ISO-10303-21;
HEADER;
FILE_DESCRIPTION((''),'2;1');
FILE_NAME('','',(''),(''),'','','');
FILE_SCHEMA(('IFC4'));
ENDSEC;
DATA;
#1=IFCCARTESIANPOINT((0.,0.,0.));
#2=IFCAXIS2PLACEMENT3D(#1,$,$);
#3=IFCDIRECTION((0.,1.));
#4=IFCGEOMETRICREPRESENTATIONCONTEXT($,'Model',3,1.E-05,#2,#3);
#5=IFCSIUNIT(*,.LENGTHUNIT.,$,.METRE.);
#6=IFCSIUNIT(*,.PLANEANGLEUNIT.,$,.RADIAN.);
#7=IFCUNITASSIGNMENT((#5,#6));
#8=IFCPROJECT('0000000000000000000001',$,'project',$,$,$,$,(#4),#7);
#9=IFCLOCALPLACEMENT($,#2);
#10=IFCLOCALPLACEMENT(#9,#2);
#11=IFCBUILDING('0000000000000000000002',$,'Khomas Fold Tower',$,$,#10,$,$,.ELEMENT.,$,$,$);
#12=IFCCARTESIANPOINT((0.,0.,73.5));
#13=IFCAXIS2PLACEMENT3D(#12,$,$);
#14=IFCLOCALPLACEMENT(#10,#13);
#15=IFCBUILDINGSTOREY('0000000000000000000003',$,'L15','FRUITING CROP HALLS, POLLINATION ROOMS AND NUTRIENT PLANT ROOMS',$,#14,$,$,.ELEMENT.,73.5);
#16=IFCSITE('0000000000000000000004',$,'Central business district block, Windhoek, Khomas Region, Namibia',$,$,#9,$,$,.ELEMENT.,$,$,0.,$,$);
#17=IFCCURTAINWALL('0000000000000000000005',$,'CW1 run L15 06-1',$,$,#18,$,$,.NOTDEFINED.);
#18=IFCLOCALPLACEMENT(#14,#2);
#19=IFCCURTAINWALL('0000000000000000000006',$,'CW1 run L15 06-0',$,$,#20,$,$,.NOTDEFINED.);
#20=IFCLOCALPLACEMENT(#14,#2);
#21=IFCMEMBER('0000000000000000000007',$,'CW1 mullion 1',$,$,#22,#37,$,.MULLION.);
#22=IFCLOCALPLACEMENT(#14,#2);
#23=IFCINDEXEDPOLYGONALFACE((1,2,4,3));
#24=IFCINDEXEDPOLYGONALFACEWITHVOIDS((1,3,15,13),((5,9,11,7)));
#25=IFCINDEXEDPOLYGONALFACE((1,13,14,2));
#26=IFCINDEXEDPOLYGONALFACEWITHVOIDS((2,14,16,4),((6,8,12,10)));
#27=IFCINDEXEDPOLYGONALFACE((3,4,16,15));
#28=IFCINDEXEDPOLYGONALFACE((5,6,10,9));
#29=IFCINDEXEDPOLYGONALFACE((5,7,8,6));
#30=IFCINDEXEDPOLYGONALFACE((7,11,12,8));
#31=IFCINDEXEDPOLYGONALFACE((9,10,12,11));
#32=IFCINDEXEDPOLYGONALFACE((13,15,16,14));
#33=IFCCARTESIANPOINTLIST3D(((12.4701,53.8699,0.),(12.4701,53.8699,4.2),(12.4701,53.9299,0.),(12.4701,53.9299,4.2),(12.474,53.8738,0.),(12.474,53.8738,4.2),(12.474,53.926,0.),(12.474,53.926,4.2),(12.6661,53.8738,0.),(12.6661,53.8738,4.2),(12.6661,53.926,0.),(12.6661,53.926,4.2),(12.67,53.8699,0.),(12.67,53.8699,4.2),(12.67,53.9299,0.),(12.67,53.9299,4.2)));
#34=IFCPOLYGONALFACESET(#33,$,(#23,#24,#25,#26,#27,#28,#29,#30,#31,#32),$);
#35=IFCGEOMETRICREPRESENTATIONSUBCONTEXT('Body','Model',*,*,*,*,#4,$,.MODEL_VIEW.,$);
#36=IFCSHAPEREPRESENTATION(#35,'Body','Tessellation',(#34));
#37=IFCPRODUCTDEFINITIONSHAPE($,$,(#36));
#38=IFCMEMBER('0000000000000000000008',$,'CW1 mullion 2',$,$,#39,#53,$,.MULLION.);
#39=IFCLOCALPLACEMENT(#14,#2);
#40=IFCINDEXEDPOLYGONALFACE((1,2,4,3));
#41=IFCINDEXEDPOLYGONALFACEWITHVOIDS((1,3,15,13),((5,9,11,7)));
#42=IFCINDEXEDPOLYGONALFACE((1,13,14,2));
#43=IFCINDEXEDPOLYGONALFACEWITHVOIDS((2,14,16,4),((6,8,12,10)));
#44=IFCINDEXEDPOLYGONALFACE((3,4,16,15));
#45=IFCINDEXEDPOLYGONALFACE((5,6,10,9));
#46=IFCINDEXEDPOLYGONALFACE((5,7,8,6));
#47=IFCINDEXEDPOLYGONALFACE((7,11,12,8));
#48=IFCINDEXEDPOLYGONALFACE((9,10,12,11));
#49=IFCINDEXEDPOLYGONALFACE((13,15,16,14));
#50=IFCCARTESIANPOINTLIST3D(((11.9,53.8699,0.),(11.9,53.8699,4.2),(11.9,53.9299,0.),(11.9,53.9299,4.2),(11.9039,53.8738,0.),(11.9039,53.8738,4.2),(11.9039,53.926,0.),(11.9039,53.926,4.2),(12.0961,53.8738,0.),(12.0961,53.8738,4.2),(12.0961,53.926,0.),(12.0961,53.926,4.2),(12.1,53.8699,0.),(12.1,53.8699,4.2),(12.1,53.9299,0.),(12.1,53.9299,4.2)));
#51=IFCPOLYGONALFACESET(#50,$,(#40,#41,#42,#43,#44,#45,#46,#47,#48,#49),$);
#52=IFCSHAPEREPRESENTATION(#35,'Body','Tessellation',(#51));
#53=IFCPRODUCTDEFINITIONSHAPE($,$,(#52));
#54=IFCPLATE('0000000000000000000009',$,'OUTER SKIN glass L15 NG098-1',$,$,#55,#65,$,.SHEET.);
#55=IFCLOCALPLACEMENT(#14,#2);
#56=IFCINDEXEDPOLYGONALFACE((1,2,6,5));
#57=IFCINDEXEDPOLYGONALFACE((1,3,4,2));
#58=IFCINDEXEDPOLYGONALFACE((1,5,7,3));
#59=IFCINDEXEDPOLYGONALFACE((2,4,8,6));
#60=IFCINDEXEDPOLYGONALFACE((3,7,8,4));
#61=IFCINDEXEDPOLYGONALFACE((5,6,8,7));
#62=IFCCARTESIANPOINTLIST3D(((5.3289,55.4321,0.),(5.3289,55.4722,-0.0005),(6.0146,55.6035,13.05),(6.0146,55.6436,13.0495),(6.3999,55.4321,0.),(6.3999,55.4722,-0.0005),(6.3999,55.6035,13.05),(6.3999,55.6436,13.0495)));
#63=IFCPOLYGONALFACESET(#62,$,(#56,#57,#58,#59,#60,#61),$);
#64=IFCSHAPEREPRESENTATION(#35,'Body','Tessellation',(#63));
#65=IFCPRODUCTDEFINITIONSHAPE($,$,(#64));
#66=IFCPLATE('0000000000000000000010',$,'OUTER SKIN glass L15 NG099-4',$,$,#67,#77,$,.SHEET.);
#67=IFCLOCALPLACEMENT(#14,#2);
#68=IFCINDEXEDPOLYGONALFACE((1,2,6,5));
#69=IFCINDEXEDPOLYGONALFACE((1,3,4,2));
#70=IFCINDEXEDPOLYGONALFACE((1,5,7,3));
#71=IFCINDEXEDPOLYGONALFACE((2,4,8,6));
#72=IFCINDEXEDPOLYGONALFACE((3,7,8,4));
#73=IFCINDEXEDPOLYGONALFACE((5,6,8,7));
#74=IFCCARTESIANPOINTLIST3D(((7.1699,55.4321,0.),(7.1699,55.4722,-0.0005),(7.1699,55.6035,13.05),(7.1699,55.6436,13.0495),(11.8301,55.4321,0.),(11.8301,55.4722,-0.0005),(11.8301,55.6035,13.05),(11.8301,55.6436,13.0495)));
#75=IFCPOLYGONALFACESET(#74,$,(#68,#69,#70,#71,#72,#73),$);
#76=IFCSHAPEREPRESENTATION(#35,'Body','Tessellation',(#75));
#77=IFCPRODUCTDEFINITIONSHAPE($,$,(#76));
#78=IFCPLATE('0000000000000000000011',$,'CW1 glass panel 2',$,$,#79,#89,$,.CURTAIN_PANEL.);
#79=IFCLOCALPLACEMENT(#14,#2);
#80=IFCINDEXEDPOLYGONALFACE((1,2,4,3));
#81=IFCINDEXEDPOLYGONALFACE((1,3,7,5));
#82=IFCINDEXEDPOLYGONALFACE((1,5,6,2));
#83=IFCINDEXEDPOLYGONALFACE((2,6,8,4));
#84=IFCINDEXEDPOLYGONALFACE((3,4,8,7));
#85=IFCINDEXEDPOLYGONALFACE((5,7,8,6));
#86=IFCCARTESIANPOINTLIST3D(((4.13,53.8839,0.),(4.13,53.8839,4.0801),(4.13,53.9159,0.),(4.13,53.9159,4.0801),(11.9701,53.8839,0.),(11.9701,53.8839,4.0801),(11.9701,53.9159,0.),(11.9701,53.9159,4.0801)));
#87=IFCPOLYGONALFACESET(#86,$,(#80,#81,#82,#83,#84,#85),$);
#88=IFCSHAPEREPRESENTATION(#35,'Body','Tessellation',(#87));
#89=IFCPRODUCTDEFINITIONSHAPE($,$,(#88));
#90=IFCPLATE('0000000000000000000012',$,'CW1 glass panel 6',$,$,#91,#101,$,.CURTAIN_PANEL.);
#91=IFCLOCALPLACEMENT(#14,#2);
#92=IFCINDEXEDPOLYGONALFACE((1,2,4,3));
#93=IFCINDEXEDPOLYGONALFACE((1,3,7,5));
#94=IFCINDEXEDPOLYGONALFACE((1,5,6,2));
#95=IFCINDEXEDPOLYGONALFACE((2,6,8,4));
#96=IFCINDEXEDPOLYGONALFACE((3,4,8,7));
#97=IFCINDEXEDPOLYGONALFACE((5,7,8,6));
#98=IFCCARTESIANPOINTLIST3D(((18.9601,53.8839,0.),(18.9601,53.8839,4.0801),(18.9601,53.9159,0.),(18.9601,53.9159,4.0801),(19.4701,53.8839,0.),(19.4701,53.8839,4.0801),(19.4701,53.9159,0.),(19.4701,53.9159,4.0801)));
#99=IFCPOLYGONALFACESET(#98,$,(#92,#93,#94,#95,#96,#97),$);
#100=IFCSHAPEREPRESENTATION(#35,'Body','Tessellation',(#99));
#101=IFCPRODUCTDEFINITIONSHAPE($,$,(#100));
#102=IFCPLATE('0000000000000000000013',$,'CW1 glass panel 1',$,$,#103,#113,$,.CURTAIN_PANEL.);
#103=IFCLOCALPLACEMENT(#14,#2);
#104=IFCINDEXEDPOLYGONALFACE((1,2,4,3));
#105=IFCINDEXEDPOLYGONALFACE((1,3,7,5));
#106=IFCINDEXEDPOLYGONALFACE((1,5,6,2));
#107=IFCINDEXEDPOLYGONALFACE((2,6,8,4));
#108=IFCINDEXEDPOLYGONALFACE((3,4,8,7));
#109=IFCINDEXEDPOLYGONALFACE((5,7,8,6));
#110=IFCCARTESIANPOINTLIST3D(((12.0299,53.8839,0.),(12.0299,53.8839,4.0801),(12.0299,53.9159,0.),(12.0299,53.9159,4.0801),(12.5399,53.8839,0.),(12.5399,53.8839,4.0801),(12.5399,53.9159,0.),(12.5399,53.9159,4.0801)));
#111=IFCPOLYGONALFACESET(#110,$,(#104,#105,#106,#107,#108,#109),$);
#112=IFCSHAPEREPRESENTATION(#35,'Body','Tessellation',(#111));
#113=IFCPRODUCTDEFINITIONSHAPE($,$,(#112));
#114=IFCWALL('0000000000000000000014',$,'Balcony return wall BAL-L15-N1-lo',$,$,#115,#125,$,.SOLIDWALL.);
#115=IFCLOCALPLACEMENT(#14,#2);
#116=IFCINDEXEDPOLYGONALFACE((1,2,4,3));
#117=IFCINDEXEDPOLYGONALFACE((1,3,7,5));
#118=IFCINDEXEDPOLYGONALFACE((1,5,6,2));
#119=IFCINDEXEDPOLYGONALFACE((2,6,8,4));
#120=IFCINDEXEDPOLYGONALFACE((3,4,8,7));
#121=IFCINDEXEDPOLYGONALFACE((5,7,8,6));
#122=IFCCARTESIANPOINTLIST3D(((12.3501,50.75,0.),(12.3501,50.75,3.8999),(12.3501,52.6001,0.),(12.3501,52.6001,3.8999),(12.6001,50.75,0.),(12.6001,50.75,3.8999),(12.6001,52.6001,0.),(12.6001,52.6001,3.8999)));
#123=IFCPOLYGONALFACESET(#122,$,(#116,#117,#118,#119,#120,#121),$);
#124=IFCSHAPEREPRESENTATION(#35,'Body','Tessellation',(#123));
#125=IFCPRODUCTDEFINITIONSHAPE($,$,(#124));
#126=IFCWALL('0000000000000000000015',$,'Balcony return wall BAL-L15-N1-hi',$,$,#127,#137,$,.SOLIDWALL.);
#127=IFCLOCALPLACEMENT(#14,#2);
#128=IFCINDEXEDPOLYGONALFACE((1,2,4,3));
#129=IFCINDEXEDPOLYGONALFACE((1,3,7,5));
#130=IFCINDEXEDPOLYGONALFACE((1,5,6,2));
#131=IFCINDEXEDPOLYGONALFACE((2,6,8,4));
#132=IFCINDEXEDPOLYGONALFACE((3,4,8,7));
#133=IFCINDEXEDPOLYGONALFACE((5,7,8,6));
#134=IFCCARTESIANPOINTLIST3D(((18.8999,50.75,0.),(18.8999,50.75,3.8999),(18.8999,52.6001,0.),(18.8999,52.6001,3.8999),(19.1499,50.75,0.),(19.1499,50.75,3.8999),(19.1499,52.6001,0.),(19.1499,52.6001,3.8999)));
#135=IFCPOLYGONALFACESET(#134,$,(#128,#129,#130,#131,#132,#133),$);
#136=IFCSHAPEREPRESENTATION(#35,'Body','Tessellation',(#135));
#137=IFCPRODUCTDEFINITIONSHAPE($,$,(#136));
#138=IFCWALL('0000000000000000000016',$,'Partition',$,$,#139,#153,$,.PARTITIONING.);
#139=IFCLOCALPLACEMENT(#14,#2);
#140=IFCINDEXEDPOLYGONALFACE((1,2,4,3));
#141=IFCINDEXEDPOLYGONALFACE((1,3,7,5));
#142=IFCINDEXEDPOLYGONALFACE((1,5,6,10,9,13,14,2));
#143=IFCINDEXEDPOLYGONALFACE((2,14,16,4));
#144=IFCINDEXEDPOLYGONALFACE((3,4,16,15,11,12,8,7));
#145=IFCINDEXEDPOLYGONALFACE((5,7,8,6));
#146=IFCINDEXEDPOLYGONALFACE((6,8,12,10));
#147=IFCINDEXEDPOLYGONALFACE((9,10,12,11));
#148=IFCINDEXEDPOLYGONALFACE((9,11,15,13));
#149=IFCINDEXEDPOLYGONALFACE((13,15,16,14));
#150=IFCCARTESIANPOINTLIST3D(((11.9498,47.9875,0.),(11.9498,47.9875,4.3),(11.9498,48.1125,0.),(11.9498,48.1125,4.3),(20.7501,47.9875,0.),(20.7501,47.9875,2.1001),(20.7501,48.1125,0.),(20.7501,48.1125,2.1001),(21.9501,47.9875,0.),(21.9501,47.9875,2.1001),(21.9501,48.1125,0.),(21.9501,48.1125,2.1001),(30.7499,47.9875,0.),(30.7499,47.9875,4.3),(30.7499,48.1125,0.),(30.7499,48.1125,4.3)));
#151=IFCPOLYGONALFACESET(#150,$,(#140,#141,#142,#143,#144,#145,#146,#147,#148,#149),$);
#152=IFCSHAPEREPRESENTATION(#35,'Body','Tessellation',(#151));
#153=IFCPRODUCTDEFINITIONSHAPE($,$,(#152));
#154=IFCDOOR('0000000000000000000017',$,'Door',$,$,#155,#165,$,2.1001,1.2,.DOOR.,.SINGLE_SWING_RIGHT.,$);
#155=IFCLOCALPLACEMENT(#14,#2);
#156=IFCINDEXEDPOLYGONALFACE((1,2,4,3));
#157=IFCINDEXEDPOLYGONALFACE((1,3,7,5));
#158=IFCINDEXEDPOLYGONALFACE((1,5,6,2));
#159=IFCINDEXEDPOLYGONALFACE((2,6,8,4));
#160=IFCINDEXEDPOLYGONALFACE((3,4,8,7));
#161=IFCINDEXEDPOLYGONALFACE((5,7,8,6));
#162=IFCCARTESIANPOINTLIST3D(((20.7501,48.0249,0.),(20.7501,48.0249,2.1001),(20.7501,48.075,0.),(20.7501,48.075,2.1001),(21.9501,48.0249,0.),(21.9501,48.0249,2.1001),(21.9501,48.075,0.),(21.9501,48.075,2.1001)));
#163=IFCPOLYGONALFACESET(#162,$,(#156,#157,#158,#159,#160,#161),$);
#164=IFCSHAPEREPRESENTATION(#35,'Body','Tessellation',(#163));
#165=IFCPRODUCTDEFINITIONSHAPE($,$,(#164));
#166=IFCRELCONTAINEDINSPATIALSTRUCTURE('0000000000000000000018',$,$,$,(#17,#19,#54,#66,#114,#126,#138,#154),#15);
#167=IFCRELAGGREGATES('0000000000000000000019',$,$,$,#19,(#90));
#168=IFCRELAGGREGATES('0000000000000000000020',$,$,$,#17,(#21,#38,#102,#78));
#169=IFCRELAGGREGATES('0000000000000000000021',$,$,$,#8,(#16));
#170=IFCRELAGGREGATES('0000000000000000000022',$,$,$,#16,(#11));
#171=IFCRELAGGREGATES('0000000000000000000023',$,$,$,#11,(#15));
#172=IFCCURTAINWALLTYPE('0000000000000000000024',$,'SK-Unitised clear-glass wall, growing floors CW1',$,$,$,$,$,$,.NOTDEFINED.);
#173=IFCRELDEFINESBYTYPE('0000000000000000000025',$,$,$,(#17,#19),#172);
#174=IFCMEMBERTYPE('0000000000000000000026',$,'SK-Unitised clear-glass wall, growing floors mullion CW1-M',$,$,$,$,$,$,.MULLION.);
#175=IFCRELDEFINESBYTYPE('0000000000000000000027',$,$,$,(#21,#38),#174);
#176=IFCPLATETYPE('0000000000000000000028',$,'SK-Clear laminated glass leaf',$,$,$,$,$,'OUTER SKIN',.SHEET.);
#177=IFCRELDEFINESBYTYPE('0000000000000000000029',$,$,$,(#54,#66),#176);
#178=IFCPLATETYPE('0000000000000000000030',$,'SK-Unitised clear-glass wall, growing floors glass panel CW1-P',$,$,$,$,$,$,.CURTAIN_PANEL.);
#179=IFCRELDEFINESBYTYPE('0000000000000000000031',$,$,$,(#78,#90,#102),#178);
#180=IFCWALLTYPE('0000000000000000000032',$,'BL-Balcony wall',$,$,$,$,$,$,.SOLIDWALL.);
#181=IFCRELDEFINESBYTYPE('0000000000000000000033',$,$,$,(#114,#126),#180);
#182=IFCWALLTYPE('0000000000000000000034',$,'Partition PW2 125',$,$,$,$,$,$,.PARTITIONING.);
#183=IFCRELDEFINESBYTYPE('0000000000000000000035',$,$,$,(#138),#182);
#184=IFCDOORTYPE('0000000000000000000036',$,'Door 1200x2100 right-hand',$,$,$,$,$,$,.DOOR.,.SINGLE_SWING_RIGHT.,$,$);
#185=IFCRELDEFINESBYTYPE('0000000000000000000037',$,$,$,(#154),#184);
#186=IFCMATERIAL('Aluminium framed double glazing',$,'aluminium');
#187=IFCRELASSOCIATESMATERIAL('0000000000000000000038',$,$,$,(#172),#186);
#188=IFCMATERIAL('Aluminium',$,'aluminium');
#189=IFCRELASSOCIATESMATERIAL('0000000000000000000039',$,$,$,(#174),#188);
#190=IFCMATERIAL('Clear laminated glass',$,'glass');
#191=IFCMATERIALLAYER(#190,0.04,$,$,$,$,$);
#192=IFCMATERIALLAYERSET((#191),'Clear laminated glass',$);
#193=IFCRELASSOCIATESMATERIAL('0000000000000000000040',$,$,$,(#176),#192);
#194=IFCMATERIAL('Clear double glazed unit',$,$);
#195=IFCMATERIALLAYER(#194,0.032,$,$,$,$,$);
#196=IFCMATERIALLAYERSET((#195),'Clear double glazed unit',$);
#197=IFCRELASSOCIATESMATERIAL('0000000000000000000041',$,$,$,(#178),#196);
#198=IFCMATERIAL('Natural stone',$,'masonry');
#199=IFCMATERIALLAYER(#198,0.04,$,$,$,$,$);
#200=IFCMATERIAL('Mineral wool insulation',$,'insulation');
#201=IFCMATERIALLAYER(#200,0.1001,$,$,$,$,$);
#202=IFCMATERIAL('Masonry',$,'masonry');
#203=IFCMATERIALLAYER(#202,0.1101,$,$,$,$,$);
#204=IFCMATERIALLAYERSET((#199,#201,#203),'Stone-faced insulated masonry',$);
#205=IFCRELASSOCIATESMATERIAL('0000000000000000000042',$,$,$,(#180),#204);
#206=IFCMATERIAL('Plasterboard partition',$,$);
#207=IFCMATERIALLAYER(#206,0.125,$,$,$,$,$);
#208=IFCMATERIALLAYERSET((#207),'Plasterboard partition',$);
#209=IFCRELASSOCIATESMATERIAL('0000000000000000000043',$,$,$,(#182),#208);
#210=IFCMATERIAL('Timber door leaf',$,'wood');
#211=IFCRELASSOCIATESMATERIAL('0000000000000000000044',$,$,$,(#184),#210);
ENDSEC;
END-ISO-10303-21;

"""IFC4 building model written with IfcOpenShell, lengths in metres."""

from ifc_helpers import new_model, si_unit, direction, frame, frame_2d, origin, origin_2d, place, context, subcontext, project, spatial, polyline, rectangle, hollow_rectangle, outline, extrude, source, transform, mapped, material, layer, layer_set, material_profile, profile_set, type_object, element, fill, aggregate, save


model = new_model("IFC4")

# Units and contexts
model_context = context("Model", 3, precision=1e-05, world=origin(), true_north=direction((0.0, 1.0)))
body_context = subcontext(model_context, "Body", "Model", "MODEL_VIEW")
ifc_project = project(units=[si_unit("LENGTHUNIT", "METRE"), si_unit("PLANEANGLEUNIT", "RADIAN")], contexts=[model_context])

# Site, building, storey
site_placement = place(None, origin())
site = spatial("IfcSite", under=ifc_project, at=site_placement, Name="Central business district block, Windhoek, Khomas Region, Namibia", CompositionType="ELEMENT", RefElevation=0.0)
building_placement = place(site_placement, origin())
building = spatial("IfcBuilding", under=site, at=building_placement, Name="Khomas Fold Tower", CompositionType="ELEMENT")
storey_placement = place(building_placement, frame((0.0, 0.0, 73.5)))
storey = spatial("IfcBuildingStorey", under=building, at=storey_placement, Name="L15", Description="FRUITING CROP HALLS, POLLINATION ROOMS AND NUTRIENT PLANT ROOMS", CompositionType="ELEMENT", Elevation=73.5)

# Curtain walls
ifc_material_1 = material(Name="Aluminium framed double glazing", Category="aluminium")
curtain_wall_type = type_object("IfcCurtainWallType", Name="SK-Unitised clear-glass wall, growing floors CW1", PredefinedType="NOTDEFINED", material=ifc_material_1)
curtain_wall_1_placement = place(storey_placement, origin())
curtain_wall_1 = element("IfcCurtainWall", 1, at=curtain_wall_1_placement, inside=storey, type_object=curtain_wall_type, Name="CW1 run L15 06-1", PredefinedType="NOTDEFINED")
curtain_wall_2_placement = place(storey_placement, origin())
curtain_wall_2 = element("IfcCurtainWall", 2, at=curtain_wall_2_placement, inside=storey, type_object=curtain_wall_type, Name="CW1 run L15 06-0", PredefinedType="NOTDEFINED")

# Members
ifc_material_2 = material(Name="Aluminium", Category="aluminium")
ifc_material_profile_1 = material_profile(ifc_material_2, hollow_rectangle(XDim=0.0601, YDim=0.2, WallThickness=0.0039, at=origin_2d()), Name="SK-Unitised clear-glass wall, growing floors mullion CW1-M")
ifc_profile_set_1 = profile_set([ifc_material_profile_1], Name="Aluminium")
member_type_1 = type_object("IfcMemberType", Name="SK-Unitised clear-glass wall, growing floors mullion CW1-M", PredefinedType="MULLION", material=ifc_profile_set_1)
shared_shape_1 = source(origin(), body_context, "Body", "SweptSolid", [
    extrude(hollow_rectangle(XDim=0.0601, YDim=0.2, WallThickness=0.0039, at=origin_2d()), origin(), (0.0, 0.0, 1.0), 4.2),
])
member_1_placement = place(storey_placement, frame((12.5701, 53.8999, 0.0), z_axis=(0.0, 0.0, 1.0), x_axis=(0.0, -1.0, 0.0)))
member_1 = element("IfcMember", 3, at=member_1_placement, type_object=member_type_1, Name="CW1 mullion 1", PredefinedType="MULLION", context=body_context, shape_type="MappedRepresentation", body=[
    mapped(shared_shape_1, transform((0.0, 0.0, 0.0))),
])
member_2_placement = place(storey_placement, frame((12.0, 53.8999, 0.0), z_axis=(0.0, 0.0, 1.0), x_axis=(0.0, -1.0, 0.0)))
member_2 = element("IfcMember", 4, at=member_2_placement, type_object=member_type_1, Name="CW1 mullion 2", PredefinedType="MULLION", context=body_context, shape_type="MappedRepresentation", body=[
    mapped(shared_shape_1, transform((0.0, 0.0, 0.0))),
])

# Plates
ifc_material_3 = material(Name="Clear laminated glass", Category="glass")
ifc_layer_1 = layer(ifc_material_3, 0.04)
ifc_layer_set_1 = layer_set([ifc_layer_1], Name="Clear laminated glass")
plate_type_1 = type_object("IfcPlateType", Name="SK-Clear laminated glass leaf", ElementType="OUTER SKIN", PredefinedType="SHEET", material=ifc_layer_set_1)
plate_1_placement = place(storey_placement, frame((6.3999, 55.4321, 0.0), z_axis=(0.0, -0.999914, 0.013132), x_axis=(-1.0, 0.0, 0.0)))
element("IfcPlate", 5, at=plate_1_placement, inside=storey, type_object=plate_type_1, Name="OUTER SKIN glass L15 NG098-1", PredefinedType="SHEET", context=body_context, shape_type="SweptSolid", body=[
    extrude(outline(polyline([(0.0, 0.0), (1.071, 0.0), (0.3853, -13.0512), (0.0, -13.0512), (0.0, 0.0)])), origin(), (0.0, 0.0, -1.0), 0.04),
])
plate_2_placement = place(storey_placement, frame((7.1699, 55.4321, 0.0), z_axis=(0.0, -0.999914, 0.013132), x_axis=(0.0, 0.013132, 0.999914)))
element("IfcPlate", 6, at=plate_2_placement, inside=storey, type_object=plate_type_1, Name="OUTER SKIN glass L15 NG099-4", PredefinedType="SHEET", context=body_context, shape_type="SweptSolid", body=[
    extrude(outline(polyline([(0.0, 0.0), (13.0512, 0.0), (13.0512, -4.6602), (0.0, -4.6602), (0.0, 0.0)])), origin(), (0.0, 0.0, -1.0), 0.04),
])

# Plates
ifc_material_4 = material(Name="Clear double glazed unit")
ifc_layer_2 = layer(ifc_material_4, 0.032)
ifc_layer_set_2 = layer_set([ifc_layer_2], Name="Clear double glazed unit")
plate_type_2 = type_object("IfcPlateType", Name="SK-Unitised clear-glass wall, growing floors glass panel CW1-P", PredefinedType="CURTAIN_PANEL", material=ifc_layer_set_2)
shared_shape_2 = source(origin(), body_context, "Body", "SweptSolid", [
    extrude(rectangle(XDim=7.8401, YDim=0.032, at=origin_2d()), origin(), (0.0, 0.0, 1.0), 4.0801),
])
plate_3_placement = place(storey_placement, frame((8.05, 53.8999, 0.0), z_axis=(0.0, 0.0, 1.0), x_axis=(-1.0, 0.0, 0.0)))
plate_3 = element("IfcPlate", 7, at=plate_3_placement, type_object=plate_type_2, Name="CW1 glass panel 2", PredefinedType="CURTAIN_PANEL", context=body_context, shape_type="MappedRepresentation", body=[
    mapped(shared_shape_2, transform((0.0, 0.0, 0.0))),
])
shared_shape_3 = source(origin(), body_context, "Body", "SweptSolid", [
    extrude(rectangle(XDim=0.51, YDim=0.032, at=origin_2d()), origin(), (0.0, 0.0, 1.0), 4.0801),
])
plate_4_placement = place(storey_placement, frame((19.2151, 53.8999, 0.0), z_axis=(0.0, 0.0, 1.0), x_axis=(-1.0, 0.0, 0.0)))
plate_4 = element("IfcPlate", 8, at=plate_4_placement, type_object=plate_type_2, Name="CW1 glass panel 6", PredefinedType="CURTAIN_PANEL", context=body_context, shape_type="MappedRepresentation", body=[
    mapped(shared_shape_3, transform((0.0, 0.0, 0.0))),
])
aggregate(curtain_wall_2, [plate_4])
plate_5_placement = place(storey_placement, frame((12.2849, 53.8999, 0.0), z_axis=(0.0, 0.0, 1.0), x_axis=(-1.0, 0.0, 0.0)))
plate_5 = element("IfcPlate", 9, at=plate_5_placement, type_object=plate_type_2, Name="CW1 glass panel 1", PredefinedType="CURTAIN_PANEL", context=body_context, shape_type="MappedRepresentation", body=[
    mapped(shared_shape_3, transform((0.0, 0.0, 0.0))),
])
aggregate(curtain_wall_1, [member_1, member_2, plate_5, plate_3])

# Walls
ifc_material_5 = material(Name="Natural stone", Category="masonry")
ifc_layer_3 = layer(ifc_material_5, 0.04)
ifc_material_6 = material(Name="Mineral wool insulation", Category="insulation")
ifc_layer_4 = layer(ifc_material_6, 0.1001)
ifc_material_7 = material(Name="Masonry", Category="masonry")
ifc_layer_5 = layer(ifc_material_7, 0.1101)
ifc_layer_set_3 = layer_set([ifc_layer_3, ifc_layer_4, ifc_layer_5], Name="Stone-faced insulated masonry")
wall_type_1 = type_object("IfcWallType", Name="BL-Balcony wall", PredefinedType="SOLIDWALL", material=ifc_layer_set_3)
shared_shape_4 = source(origin(), body_context, "Body", "SweptSolid", [
    extrude(rectangle(XDim=1.8501, YDim=0.25, at=frame_2d((0.925, 0.0))), origin(), (0.0, 0.0, 1.0), 3.8999),
])
for number, where, z_axis, x_axis, name in (
    (10, (12.4751, 52.6001, 0.0), (0.0, 0.0, 1.0), (0.0, -1.0, 0.0), "Balcony return wall BAL-L15-N1-lo"),
    (11, (19.0249, 52.6001, 0.0), (0.0, 0.0, 1.0), (0.0, -1.0, 0.0), "Balcony return wall BAL-L15-N1-hi"),
):
    element("IfcWall", number, at=place(storey_placement, frame(where, z_axis=z_axis, x_axis=x_axis)), inside=storey, type_object=wall_type_1, Name=name, PredefinedType="SOLIDWALL", context=body_context, shape_type="MappedRepresentation", body=[
        mapped(shared_shape_4, transform((0.0, 0.0, 0.0))),
    ])

# Wall, opening, door
ifc_material_8 = material(Name="Plasterboard partition")
ifc_layer_6 = layer(ifc_material_8, 0.125)
ifc_layer_set_4 = layer_set([ifc_layer_6], Name="Plasterboard partition")
wall_type_2 = type_object("IfcWallType", Name="Partition PW2 125", PredefinedType="PARTITIONING", material=ifc_layer_set_4)
shared_shape_5 = source(origin(), body_context, "Body", "SweptSolid", [
    extrude(rectangle(XDim=18.8, YDim=0.125, at=frame_2d((9.3999, 0.0))), origin(), (0.0, 0.0, 1.0), 4.3),
])
wall_1_placement = place(storey_placement, frame((11.95, 48.05, 0.0), z_axis=(0.0, 0.0, 1.0), x_axis=(1.0, 0.0, 0.0)))
wall_1 = element("IfcWall", 12, at=wall_1_placement, inside=storey, type_object=wall_type_2, Name="Partition", PredefinedType="PARTITIONING", context=body_context, shape_type="MappedRepresentation", body=[
    mapped(shared_shape_5, transform((0.0, 0.0, 0.0))),
])
shared_shape_6 = source(origin(), body_context, "Body", "SweptSolid", [
    extrude(rectangle(XDim=1.2, YDim=2.1001, at=frame_2d((0.6001, 1.05))), frame((0.0, 0.0725, 0.0), z_axis=(0.0, -1.0, 0.0), x_axis=(1.0, 0.0, 0.0)), (0.0, 0.0, 1.0), 0.145),
])
opening_1_placement = place(wall_1_placement, frame((8.8, 0.0, 0.0)))
opening_1 = element("IfcOpeningElement", 13, at=opening_1_placement, cuts=wall_1, PredefinedType="OPENING", context=body_context, shape_type="MappedRepresentation", body=[
    mapped(shared_shape_6, transform((0.0, 0.0, 0.0))),
])
ifc_material_9 = material(Name="Timber door leaf", Category="wood")
door_type_1 = type_object("IfcDoorType", Name="Door 1200x2100 right-hand", OperationType="SINGLE_SWING_RIGHT", PredefinedType="DOOR", material=ifc_material_9)
shared_shape_7 = source(origin(), body_context, "Body", "SweptSolid", [
    extrude(rectangle(XDim=1.2, YDim=2.1001, at=frame_2d((0.6001, 1.05))), frame((0.0, 0.0249, 0.0), z_axis=(0.0, -1.0, 0.0), x_axis=(1.0, 0.0, 0.0)), (0.0, 0.0, 1.0), 0.05),
])
door_1_placement = place(opening_1_placement, origin())
door_1 = element("IfcDoor", 14, at=door_1_placement, inside=storey, type_object=door_type_1, Name="Door", OperationType="SINGLE_SWING_RIGHT", OverallHeight=2.1001, OverallWidth=1.2, PredefinedType="DOOR", context=body_context, shape_type="MappedRepresentation", body=[
    mapped(shared_shape_7, transform((0.0, 0.0, 0.0))),
])
fill(opening_1, door_1)

save(model, "model.ifc")
